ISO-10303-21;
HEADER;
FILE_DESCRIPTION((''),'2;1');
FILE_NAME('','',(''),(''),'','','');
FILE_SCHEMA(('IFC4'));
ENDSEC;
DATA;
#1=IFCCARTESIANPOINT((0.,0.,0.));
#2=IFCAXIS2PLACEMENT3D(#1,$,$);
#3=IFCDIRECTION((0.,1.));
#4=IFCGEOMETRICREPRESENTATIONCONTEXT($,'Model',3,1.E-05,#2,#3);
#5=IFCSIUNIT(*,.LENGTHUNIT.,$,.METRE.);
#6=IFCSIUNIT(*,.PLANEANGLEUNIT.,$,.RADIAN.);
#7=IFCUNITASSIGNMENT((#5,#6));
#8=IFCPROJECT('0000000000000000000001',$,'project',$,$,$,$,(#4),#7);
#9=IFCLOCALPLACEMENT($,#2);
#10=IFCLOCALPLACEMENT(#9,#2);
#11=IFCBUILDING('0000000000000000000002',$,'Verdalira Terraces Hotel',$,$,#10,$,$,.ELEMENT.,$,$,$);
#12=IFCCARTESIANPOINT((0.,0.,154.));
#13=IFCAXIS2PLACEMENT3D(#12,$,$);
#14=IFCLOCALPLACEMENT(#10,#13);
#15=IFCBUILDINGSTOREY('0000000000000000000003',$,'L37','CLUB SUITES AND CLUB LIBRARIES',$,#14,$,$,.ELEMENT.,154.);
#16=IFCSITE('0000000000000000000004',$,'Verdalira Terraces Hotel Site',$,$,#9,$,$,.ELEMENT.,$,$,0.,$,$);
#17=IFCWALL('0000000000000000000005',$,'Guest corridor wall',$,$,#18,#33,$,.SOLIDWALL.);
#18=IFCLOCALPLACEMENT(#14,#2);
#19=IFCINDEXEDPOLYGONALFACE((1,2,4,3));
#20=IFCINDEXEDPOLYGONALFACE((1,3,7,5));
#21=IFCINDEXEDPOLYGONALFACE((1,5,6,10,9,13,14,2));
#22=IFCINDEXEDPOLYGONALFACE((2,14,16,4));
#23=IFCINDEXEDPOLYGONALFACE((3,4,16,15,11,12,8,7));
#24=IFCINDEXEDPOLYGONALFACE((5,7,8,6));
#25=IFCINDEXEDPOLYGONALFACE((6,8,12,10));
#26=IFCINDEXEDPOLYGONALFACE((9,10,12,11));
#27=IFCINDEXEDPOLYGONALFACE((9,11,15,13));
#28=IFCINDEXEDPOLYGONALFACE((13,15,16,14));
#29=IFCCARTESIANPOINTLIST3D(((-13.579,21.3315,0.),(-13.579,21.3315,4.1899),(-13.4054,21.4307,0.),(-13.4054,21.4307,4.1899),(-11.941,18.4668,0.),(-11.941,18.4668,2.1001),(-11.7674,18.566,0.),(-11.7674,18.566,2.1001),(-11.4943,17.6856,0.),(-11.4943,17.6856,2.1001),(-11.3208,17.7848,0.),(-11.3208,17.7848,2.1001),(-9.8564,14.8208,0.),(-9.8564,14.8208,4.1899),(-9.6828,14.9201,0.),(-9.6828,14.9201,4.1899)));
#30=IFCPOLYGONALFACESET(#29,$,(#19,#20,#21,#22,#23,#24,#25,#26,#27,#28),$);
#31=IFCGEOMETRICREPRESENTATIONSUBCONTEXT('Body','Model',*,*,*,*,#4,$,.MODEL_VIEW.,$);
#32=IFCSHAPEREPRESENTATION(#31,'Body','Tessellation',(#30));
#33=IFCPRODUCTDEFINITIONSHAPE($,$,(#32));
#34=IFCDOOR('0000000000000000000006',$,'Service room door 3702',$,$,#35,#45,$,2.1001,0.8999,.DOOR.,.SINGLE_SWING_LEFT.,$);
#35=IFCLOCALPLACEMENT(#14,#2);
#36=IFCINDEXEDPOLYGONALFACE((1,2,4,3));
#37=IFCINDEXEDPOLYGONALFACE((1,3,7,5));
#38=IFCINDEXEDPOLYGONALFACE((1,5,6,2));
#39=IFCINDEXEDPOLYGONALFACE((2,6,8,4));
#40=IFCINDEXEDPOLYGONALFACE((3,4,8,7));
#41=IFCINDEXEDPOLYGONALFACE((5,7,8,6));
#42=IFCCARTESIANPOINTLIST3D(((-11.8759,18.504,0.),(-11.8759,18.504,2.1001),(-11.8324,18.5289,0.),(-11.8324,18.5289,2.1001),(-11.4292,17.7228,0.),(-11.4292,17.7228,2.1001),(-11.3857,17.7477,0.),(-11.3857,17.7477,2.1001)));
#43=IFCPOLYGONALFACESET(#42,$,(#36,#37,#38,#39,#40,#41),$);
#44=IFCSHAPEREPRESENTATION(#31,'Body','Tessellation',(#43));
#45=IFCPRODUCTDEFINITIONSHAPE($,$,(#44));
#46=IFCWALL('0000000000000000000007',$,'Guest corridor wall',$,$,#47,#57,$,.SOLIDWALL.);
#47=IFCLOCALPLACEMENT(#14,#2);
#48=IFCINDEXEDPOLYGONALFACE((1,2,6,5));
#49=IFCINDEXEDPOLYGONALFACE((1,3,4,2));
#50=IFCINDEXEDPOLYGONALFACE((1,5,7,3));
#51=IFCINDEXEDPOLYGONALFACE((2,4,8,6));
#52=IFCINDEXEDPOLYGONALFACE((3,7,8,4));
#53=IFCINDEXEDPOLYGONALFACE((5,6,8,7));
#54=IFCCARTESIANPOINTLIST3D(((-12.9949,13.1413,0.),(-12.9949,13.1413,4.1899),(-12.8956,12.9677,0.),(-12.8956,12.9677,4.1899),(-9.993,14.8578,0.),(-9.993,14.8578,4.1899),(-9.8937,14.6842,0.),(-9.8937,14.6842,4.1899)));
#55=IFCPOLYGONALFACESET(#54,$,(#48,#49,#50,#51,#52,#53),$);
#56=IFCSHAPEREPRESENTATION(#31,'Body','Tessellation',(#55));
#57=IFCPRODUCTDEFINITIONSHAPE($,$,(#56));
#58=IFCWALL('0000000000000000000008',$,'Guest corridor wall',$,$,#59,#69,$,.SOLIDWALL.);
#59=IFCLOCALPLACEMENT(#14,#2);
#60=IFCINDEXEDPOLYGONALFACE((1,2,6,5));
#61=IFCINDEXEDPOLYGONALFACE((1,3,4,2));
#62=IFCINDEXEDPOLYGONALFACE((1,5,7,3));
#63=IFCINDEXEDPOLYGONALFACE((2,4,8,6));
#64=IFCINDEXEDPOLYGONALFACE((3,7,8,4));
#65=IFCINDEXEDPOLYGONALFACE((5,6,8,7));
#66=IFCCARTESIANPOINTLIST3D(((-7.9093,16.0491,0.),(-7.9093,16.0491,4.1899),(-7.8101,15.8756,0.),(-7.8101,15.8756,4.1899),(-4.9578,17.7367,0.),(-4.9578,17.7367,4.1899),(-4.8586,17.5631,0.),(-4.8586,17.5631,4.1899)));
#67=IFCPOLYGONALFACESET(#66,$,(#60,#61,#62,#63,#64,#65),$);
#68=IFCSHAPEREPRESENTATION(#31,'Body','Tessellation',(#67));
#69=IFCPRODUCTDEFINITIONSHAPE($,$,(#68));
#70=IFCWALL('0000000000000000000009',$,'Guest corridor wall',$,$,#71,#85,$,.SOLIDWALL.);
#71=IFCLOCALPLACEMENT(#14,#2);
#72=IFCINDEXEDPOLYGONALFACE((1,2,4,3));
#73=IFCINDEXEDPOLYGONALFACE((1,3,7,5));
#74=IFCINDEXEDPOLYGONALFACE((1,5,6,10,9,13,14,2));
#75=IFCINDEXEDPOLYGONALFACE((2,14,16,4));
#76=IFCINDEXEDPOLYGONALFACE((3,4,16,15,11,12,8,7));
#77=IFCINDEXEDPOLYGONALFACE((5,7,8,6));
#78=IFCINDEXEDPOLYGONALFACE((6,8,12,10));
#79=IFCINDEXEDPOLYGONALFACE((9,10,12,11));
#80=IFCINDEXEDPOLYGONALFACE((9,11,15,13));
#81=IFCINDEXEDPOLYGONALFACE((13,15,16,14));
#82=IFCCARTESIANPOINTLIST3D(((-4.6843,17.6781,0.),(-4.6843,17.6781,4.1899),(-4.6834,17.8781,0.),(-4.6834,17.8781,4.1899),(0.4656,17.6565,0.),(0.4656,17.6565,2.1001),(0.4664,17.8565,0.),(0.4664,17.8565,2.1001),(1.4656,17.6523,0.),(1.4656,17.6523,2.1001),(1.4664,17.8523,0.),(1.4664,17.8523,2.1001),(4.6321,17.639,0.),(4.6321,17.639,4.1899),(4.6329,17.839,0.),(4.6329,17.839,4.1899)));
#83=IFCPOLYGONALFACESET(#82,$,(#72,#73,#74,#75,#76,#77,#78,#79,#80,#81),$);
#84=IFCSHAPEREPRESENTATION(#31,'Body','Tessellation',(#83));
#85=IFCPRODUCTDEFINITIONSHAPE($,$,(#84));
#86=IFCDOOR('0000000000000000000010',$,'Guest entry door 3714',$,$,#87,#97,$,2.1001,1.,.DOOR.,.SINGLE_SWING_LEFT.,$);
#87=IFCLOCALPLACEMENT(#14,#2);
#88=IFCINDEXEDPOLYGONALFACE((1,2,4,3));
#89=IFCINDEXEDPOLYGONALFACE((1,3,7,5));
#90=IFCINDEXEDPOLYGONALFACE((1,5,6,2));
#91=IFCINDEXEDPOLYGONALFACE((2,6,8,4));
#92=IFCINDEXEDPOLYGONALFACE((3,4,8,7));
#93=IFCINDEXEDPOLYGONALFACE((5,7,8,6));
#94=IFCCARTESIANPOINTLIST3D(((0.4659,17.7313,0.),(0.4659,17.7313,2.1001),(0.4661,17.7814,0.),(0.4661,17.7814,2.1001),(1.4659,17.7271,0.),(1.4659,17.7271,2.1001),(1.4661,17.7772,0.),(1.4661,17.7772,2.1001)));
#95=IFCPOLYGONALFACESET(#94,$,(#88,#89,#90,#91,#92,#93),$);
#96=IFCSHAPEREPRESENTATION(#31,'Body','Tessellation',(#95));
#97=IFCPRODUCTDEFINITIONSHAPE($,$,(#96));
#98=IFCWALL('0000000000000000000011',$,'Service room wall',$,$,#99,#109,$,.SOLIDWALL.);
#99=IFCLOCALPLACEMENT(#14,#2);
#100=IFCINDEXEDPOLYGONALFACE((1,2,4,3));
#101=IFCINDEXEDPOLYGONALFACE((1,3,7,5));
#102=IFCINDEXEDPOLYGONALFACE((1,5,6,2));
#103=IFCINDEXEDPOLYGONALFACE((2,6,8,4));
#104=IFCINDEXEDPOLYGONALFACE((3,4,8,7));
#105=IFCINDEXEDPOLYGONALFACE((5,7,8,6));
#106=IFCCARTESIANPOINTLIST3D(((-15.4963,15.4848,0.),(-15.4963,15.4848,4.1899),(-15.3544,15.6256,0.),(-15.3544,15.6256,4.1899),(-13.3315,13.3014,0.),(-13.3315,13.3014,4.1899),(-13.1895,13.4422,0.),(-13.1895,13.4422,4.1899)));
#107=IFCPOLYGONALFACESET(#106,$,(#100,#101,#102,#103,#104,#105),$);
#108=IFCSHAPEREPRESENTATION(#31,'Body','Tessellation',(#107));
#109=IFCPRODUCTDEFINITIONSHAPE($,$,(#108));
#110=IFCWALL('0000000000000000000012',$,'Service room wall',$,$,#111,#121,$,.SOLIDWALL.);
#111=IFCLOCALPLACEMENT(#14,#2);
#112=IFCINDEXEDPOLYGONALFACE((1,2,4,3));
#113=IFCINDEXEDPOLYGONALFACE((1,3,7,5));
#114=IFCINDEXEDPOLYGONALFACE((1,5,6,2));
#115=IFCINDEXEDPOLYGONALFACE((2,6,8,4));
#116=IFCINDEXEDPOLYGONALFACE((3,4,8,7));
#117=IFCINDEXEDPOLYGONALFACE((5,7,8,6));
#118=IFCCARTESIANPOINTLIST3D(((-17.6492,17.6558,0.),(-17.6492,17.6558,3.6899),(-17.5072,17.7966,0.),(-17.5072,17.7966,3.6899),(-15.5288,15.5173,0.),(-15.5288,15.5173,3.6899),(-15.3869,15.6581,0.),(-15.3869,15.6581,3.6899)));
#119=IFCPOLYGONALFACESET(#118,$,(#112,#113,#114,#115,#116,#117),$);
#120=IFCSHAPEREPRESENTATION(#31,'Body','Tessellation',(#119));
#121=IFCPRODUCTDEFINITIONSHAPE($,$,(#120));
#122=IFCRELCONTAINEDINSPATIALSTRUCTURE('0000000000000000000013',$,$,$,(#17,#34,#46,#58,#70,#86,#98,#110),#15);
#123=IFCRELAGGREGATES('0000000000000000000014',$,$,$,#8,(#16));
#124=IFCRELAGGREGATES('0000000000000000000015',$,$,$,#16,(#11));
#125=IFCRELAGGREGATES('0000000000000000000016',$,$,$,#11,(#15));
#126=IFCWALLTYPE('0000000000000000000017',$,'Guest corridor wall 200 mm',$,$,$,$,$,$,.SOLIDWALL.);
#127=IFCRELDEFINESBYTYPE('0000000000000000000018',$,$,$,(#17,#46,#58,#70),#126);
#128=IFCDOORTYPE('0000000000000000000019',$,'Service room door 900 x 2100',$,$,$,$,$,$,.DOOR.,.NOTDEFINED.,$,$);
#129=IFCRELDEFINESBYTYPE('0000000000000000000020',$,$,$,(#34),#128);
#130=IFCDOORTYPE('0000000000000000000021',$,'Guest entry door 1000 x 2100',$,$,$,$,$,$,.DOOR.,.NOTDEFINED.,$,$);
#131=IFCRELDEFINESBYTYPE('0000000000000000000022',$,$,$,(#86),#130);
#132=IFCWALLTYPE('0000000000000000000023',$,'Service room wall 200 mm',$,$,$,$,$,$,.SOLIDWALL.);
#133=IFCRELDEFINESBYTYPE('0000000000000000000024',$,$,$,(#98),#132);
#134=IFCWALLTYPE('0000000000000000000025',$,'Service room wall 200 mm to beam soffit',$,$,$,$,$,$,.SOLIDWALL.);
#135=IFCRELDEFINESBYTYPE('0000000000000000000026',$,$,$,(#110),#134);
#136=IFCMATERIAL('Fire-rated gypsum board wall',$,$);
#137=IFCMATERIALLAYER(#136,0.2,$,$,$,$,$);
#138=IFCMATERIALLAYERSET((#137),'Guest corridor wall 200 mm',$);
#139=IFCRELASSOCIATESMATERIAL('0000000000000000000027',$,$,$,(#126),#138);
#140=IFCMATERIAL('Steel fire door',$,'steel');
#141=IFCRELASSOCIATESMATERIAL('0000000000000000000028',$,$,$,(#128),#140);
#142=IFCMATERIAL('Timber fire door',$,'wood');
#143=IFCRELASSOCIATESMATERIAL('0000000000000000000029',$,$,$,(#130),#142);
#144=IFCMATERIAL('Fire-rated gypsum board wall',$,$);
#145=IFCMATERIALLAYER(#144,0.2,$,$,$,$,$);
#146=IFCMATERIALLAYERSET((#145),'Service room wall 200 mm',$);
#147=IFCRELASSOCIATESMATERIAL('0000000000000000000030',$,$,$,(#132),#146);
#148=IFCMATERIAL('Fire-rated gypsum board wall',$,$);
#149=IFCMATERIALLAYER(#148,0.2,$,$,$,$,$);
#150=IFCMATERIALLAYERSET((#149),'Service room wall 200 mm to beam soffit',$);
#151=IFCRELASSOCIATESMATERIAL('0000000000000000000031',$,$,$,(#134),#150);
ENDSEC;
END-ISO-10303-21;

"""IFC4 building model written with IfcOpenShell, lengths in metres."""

from ifc_helpers import new_model, si_unit, direction, frame, frame_2d, origin, place, context, subcontext, project, spatial, rectangle, extrude, material, layer, layer_set, type_object, element, fill, save


model = new_model("IFC4")

# Units and contexts
model_context = context("Model", 3, precision=1e-05, world=origin(), true_north=direction((0.0, 1.0)))
body_context = subcontext(model_context, "Body", "Model", "MODEL_VIEW")
ifc_project = project(units=[si_unit("LENGTHUNIT", "METRE"), si_unit("PLANEANGLEUNIT", "RADIAN")], contexts=[model_context])

# Site, building, storey
site_placement = place(None, origin())
site = spatial("IfcSite", under=ifc_project, at=site_placement, Name="Verdalira Terraces Hotel Site", CompositionType="ELEMENT", RefElevation=0.0)
building_placement = place(site_placement, origin())
building = spatial("IfcBuilding", under=site, at=building_placement, Name="Verdalira Terraces Hotel", CompositionType="ELEMENT")
storey_placement = place(building_placement, frame((0.0, 0.0, 154.0)))
storey = spatial("IfcBuildingStorey", under=building, at=storey_placement, Name="L37", Description="CLUB SUITES AND CLUB LIBRARIES", CompositionType="ELEMENT", Elevation=154.0)

# Wall, opening, door
ifc_material_1 = material(Name="Fire-rated gypsum board wall")
ifc_layer_1 = layer(ifc_material_1, 0.2)
ifc_layer_set_1 = layer_set([ifc_layer_1], Name="Guest corridor wall 200 mm")
wall_type_1 = type_object("IfcWallType", Name="Guest corridor wall 200 mm", PredefinedType="SOLIDWALL", material=ifc_layer_set_1)
wall_1_placement = place(storey_placement, frame((-9.7695, 14.8704, 0.0), z_axis=(0.0, 0.0, 1.0), x_axis=(-0.496363, 0.868115, 0.0)))
wall_1 = element("IfcWall", 1, at=wall_1_placement, inside=storey, type_object=wall_type_1, Name="Guest corridor wall", PredefinedType="SOLIDWALL", context=body_context, shape_type="SweptSolid", body=[
    extrude(rectangle(XDim=7.4998, YDim=0.2, at=frame_2d((3.75, 0.0))), origin(), (0.0, 0.0, 1.0), 4.1899),
])
opening_1_placement = place(wall_1_placement, frame((3.3, 0.0, 0.0)))
opening_1 = element("IfcOpeningElement", 2, at=opening_1_placement, cuts=wall_1, PredefinedType="OPENING", context=body_context, shape_type="SweptSolid", body=[
    extrude(rectangle(XDim=0.8999, YDim=2.1001, at=frame_2d((0.45, 1.05))), frame((0.0, 0.1099, 0.0), z_axis=(0.0, -1.0, 0.0), x_axis=(1.0, 0.0, 0.0)), (0.0, 0.0, 1.0), 0.22),
])
ifc_material_2 = material(Name="Steel fire door", Category="steel")
door_type_1 = type_object("IfcDoorType", Name="Service room door 900 x 2100", OperationType="NOTDEFINED", PredefinedType="DOOR", material=ifc_material_2)
door_1_placement = place(opening_1_placement, origin())
door_1 = element("IfcDoor", 3, at=door_1_placement, inside=storey, type_object=door_type_1, Name="Service room door 3702", OperationType="SINGLE_SWING_LEFT", OverallHeight=2.1001, OverallWidth=0.8999, PredefinedType="DOOR", context=body_context, shape_type="SweptSolid", body=[
    extrude(rectangle(XDim=0.8999, YDim=2.1001, at=frame_2d((0.45, 1.05))), frame((0.0, 0.0249, 0.0), z_axis=(0.0, -1.0, 0.0), x_axis=(1.0, 0.0, 0.0)), (0.0, 0.0, 1.0), 0.05),
])
fill(opening_1, door_1)

# Walls
wall_2_placement = place(storey_placement, frame((-9.9434, 14.771, 0.0), z_axis=(0.0, 0.0, 1.0), x_axis=(-0.8681, -0.49639, 0.0)))
element("IfcWall", 4, at=wall_2_placement, inside=storey, type_object=wall_type_1, Name="Guest corridor wall", PredefinedType="SOLIDWALL", context=body_context, shape_type="SweptSolid", body=[
    extrude(rectangle(XDim=3.458, YDim=0.2, at=frame_2d((1.729, 0.0))), origin(), (0.0, 0.0, 1.0), 4.1899),
])
wall_3_placement = place(storey_placement, frame((-4.9082, 17.6499, 0.0), z_axis=(0.0, 0.0, 1.0), x_axis=(-0.868119, -0.496355, 0.0)))
element("IfcWall", 5, at=wall_3_placement, inside=storey, type_object=wall_type_1, Name="Guest corridor wall", PredefinedType="SOLIDWALL", context=body_context, shape_type="SweptSolid", body=[
    extrude(rectangle(XDim=3.3999, YDim=0.2, at=frame_2d((1.7, 0.0))), origin(), (0.0, 0.0, 1.0), 4.1899),
])

# Wall, opening, door
wall_4_placement = place(storey_placement, frame((-4.6838, 17.7781, 0.0), z_axis=(0.0, 0.0, 1.0), x_axis=(0.999991, -0.004193, 0.0)))
wall_4 = element("IfcWall", 6, at=wall_4_placement, inside=storey, type_object=wall_type_1, Name="Guest corridor wall", PredefinedType="SOLIDWALL", context=body_context, shape_type="SweptSolid", body=[
    extrude(rectangle(XDim=9.3164, YDim=0.2, at=frame_2d((4.6582, 0.0))), origin(), (0.0, 0.0, 1.0), 4.1899),
])
opening_2_placement = place(wall_4_placement, frame((5.1499, 0.0, 0.0)))
opening_2 = element("IfcOpeningElement", 7, at=opening_2_placement, cuts=wall_4, PredefinedType="OPENING", context=body_context, shape_type="SweptSolid", body=[
    extrude(rectangle(XDim=1.0, YDim=2.1001, at=frame_2d((0.5, 1.05))), frame((0.0, 0.1099, 0.0), z_axis=(0.0, -1.0, 0.0), x_axis=(1.0, 0.0, 0.0)), (0.0, 0.0, 1.0), 0.22),
])
ifc_material_3 = material(Name="Timber fire door", Category="wood")
door_type_2 = type_object("IfcDoorType", Name="Guest entry door 1000 x 2100", OperationType="NOTDEFINED", PredefinedType="DOOR", material=ifc_material_3)
door_2_placement = place(opening_2_placement, origin())
door_2 = element("IfcDoor", 8, at=door_2_placement, inside=storey, type_object=door_type_2, Name="Guest entry door 3714", OperationType="SINGLE_SWING_LEFT", OverallHeight=2.1001, OverallWidth=1.0, PredefinedType="DOOR", context=body_context, shape_type="SweptSolid", body=[
    extrude(rectangle(XDim=1.0, YDim=2.1001, at=frame_2d((0.5, 1.05))), frame((0.0, 0.0249, 0.0), z_axis=(0.0, -1.0, 0.0), x_axis=(1.0, 0.0, 0.0)), (0.0, 0.0, 1.0), 0.05),
])
fill(opening_2, door_2)

# Walls
ifc_material_4 = material(Name="Fire-rated gypsum board wall")
ifc_layer_2 = layer(ifc_material_4, 0.2)
ifc_layer_set_2 = layer_set([ifc_layer_2], Name="Service room wall 200 mm")
wall_type_2 = type_object("IfcWallType", Name="Service room wall 200 mm", PredefinedType="SOLIDWALL", material=ifc_layer_set_2)
wall_5_placement = place(storey_placement, frame((-13.2605, 13.3718, 0.0), z_axis=(0.0, 0.0, 1.0), x_axis=(-0.704083, 0.710118, 0.0)))
element("IfcWall", 9, at=wall_5_placement, inside=storey, type_object=wall_type_2, Name="Service room wall", PredefinedType="SOLIDWALL", context=body_context, shape_type="SweptSolid", body=[
    extrude(rectangle(XDim=3.0747, YDim=0.2, at=frame_2d((1.5374, 0.0))), origin(), (0.0, 0.0, 1.0), 4.1899),
])
ifc_material_5 = material(Name="Fire-rated gypsum board wall")
ifc_layer_3 = layer(ifc_material_5, 0.2)
ifc_layer_set_3 = layer_set([ifc_layer_3], Name="Service room wall 200 mm to beam soffit")
wall_type_3 = type_object("IfcWallType", Name="Service room wall 200 mm to beam soffit", PredefinedType="SOLIDWALL", material=ifc_layer_set_3)
wall_6_placement = place(storey_placement, frame((-15.4578, 15.5876, 0.0), z_axis=(0.0, 0.0, 1.0), x_axis=(-0.704101, 0.7101, 0.0)))
element("IfcWall", 10, at=wall_6_placement, inside=storey, type_object=wall_type_3, Name="Service room wall", PredefinedType="SOLIDWALL", context=body_context, shape_type="SweptSolid", body=[
    extrude(rectangle(XDim=3.0115, YDim=0.2, at=frame_2d((1.5059, 0.0))), origin(), (0.0, 0.0, 1.0), 3.6899),
])

save(model, "model.ifc")
